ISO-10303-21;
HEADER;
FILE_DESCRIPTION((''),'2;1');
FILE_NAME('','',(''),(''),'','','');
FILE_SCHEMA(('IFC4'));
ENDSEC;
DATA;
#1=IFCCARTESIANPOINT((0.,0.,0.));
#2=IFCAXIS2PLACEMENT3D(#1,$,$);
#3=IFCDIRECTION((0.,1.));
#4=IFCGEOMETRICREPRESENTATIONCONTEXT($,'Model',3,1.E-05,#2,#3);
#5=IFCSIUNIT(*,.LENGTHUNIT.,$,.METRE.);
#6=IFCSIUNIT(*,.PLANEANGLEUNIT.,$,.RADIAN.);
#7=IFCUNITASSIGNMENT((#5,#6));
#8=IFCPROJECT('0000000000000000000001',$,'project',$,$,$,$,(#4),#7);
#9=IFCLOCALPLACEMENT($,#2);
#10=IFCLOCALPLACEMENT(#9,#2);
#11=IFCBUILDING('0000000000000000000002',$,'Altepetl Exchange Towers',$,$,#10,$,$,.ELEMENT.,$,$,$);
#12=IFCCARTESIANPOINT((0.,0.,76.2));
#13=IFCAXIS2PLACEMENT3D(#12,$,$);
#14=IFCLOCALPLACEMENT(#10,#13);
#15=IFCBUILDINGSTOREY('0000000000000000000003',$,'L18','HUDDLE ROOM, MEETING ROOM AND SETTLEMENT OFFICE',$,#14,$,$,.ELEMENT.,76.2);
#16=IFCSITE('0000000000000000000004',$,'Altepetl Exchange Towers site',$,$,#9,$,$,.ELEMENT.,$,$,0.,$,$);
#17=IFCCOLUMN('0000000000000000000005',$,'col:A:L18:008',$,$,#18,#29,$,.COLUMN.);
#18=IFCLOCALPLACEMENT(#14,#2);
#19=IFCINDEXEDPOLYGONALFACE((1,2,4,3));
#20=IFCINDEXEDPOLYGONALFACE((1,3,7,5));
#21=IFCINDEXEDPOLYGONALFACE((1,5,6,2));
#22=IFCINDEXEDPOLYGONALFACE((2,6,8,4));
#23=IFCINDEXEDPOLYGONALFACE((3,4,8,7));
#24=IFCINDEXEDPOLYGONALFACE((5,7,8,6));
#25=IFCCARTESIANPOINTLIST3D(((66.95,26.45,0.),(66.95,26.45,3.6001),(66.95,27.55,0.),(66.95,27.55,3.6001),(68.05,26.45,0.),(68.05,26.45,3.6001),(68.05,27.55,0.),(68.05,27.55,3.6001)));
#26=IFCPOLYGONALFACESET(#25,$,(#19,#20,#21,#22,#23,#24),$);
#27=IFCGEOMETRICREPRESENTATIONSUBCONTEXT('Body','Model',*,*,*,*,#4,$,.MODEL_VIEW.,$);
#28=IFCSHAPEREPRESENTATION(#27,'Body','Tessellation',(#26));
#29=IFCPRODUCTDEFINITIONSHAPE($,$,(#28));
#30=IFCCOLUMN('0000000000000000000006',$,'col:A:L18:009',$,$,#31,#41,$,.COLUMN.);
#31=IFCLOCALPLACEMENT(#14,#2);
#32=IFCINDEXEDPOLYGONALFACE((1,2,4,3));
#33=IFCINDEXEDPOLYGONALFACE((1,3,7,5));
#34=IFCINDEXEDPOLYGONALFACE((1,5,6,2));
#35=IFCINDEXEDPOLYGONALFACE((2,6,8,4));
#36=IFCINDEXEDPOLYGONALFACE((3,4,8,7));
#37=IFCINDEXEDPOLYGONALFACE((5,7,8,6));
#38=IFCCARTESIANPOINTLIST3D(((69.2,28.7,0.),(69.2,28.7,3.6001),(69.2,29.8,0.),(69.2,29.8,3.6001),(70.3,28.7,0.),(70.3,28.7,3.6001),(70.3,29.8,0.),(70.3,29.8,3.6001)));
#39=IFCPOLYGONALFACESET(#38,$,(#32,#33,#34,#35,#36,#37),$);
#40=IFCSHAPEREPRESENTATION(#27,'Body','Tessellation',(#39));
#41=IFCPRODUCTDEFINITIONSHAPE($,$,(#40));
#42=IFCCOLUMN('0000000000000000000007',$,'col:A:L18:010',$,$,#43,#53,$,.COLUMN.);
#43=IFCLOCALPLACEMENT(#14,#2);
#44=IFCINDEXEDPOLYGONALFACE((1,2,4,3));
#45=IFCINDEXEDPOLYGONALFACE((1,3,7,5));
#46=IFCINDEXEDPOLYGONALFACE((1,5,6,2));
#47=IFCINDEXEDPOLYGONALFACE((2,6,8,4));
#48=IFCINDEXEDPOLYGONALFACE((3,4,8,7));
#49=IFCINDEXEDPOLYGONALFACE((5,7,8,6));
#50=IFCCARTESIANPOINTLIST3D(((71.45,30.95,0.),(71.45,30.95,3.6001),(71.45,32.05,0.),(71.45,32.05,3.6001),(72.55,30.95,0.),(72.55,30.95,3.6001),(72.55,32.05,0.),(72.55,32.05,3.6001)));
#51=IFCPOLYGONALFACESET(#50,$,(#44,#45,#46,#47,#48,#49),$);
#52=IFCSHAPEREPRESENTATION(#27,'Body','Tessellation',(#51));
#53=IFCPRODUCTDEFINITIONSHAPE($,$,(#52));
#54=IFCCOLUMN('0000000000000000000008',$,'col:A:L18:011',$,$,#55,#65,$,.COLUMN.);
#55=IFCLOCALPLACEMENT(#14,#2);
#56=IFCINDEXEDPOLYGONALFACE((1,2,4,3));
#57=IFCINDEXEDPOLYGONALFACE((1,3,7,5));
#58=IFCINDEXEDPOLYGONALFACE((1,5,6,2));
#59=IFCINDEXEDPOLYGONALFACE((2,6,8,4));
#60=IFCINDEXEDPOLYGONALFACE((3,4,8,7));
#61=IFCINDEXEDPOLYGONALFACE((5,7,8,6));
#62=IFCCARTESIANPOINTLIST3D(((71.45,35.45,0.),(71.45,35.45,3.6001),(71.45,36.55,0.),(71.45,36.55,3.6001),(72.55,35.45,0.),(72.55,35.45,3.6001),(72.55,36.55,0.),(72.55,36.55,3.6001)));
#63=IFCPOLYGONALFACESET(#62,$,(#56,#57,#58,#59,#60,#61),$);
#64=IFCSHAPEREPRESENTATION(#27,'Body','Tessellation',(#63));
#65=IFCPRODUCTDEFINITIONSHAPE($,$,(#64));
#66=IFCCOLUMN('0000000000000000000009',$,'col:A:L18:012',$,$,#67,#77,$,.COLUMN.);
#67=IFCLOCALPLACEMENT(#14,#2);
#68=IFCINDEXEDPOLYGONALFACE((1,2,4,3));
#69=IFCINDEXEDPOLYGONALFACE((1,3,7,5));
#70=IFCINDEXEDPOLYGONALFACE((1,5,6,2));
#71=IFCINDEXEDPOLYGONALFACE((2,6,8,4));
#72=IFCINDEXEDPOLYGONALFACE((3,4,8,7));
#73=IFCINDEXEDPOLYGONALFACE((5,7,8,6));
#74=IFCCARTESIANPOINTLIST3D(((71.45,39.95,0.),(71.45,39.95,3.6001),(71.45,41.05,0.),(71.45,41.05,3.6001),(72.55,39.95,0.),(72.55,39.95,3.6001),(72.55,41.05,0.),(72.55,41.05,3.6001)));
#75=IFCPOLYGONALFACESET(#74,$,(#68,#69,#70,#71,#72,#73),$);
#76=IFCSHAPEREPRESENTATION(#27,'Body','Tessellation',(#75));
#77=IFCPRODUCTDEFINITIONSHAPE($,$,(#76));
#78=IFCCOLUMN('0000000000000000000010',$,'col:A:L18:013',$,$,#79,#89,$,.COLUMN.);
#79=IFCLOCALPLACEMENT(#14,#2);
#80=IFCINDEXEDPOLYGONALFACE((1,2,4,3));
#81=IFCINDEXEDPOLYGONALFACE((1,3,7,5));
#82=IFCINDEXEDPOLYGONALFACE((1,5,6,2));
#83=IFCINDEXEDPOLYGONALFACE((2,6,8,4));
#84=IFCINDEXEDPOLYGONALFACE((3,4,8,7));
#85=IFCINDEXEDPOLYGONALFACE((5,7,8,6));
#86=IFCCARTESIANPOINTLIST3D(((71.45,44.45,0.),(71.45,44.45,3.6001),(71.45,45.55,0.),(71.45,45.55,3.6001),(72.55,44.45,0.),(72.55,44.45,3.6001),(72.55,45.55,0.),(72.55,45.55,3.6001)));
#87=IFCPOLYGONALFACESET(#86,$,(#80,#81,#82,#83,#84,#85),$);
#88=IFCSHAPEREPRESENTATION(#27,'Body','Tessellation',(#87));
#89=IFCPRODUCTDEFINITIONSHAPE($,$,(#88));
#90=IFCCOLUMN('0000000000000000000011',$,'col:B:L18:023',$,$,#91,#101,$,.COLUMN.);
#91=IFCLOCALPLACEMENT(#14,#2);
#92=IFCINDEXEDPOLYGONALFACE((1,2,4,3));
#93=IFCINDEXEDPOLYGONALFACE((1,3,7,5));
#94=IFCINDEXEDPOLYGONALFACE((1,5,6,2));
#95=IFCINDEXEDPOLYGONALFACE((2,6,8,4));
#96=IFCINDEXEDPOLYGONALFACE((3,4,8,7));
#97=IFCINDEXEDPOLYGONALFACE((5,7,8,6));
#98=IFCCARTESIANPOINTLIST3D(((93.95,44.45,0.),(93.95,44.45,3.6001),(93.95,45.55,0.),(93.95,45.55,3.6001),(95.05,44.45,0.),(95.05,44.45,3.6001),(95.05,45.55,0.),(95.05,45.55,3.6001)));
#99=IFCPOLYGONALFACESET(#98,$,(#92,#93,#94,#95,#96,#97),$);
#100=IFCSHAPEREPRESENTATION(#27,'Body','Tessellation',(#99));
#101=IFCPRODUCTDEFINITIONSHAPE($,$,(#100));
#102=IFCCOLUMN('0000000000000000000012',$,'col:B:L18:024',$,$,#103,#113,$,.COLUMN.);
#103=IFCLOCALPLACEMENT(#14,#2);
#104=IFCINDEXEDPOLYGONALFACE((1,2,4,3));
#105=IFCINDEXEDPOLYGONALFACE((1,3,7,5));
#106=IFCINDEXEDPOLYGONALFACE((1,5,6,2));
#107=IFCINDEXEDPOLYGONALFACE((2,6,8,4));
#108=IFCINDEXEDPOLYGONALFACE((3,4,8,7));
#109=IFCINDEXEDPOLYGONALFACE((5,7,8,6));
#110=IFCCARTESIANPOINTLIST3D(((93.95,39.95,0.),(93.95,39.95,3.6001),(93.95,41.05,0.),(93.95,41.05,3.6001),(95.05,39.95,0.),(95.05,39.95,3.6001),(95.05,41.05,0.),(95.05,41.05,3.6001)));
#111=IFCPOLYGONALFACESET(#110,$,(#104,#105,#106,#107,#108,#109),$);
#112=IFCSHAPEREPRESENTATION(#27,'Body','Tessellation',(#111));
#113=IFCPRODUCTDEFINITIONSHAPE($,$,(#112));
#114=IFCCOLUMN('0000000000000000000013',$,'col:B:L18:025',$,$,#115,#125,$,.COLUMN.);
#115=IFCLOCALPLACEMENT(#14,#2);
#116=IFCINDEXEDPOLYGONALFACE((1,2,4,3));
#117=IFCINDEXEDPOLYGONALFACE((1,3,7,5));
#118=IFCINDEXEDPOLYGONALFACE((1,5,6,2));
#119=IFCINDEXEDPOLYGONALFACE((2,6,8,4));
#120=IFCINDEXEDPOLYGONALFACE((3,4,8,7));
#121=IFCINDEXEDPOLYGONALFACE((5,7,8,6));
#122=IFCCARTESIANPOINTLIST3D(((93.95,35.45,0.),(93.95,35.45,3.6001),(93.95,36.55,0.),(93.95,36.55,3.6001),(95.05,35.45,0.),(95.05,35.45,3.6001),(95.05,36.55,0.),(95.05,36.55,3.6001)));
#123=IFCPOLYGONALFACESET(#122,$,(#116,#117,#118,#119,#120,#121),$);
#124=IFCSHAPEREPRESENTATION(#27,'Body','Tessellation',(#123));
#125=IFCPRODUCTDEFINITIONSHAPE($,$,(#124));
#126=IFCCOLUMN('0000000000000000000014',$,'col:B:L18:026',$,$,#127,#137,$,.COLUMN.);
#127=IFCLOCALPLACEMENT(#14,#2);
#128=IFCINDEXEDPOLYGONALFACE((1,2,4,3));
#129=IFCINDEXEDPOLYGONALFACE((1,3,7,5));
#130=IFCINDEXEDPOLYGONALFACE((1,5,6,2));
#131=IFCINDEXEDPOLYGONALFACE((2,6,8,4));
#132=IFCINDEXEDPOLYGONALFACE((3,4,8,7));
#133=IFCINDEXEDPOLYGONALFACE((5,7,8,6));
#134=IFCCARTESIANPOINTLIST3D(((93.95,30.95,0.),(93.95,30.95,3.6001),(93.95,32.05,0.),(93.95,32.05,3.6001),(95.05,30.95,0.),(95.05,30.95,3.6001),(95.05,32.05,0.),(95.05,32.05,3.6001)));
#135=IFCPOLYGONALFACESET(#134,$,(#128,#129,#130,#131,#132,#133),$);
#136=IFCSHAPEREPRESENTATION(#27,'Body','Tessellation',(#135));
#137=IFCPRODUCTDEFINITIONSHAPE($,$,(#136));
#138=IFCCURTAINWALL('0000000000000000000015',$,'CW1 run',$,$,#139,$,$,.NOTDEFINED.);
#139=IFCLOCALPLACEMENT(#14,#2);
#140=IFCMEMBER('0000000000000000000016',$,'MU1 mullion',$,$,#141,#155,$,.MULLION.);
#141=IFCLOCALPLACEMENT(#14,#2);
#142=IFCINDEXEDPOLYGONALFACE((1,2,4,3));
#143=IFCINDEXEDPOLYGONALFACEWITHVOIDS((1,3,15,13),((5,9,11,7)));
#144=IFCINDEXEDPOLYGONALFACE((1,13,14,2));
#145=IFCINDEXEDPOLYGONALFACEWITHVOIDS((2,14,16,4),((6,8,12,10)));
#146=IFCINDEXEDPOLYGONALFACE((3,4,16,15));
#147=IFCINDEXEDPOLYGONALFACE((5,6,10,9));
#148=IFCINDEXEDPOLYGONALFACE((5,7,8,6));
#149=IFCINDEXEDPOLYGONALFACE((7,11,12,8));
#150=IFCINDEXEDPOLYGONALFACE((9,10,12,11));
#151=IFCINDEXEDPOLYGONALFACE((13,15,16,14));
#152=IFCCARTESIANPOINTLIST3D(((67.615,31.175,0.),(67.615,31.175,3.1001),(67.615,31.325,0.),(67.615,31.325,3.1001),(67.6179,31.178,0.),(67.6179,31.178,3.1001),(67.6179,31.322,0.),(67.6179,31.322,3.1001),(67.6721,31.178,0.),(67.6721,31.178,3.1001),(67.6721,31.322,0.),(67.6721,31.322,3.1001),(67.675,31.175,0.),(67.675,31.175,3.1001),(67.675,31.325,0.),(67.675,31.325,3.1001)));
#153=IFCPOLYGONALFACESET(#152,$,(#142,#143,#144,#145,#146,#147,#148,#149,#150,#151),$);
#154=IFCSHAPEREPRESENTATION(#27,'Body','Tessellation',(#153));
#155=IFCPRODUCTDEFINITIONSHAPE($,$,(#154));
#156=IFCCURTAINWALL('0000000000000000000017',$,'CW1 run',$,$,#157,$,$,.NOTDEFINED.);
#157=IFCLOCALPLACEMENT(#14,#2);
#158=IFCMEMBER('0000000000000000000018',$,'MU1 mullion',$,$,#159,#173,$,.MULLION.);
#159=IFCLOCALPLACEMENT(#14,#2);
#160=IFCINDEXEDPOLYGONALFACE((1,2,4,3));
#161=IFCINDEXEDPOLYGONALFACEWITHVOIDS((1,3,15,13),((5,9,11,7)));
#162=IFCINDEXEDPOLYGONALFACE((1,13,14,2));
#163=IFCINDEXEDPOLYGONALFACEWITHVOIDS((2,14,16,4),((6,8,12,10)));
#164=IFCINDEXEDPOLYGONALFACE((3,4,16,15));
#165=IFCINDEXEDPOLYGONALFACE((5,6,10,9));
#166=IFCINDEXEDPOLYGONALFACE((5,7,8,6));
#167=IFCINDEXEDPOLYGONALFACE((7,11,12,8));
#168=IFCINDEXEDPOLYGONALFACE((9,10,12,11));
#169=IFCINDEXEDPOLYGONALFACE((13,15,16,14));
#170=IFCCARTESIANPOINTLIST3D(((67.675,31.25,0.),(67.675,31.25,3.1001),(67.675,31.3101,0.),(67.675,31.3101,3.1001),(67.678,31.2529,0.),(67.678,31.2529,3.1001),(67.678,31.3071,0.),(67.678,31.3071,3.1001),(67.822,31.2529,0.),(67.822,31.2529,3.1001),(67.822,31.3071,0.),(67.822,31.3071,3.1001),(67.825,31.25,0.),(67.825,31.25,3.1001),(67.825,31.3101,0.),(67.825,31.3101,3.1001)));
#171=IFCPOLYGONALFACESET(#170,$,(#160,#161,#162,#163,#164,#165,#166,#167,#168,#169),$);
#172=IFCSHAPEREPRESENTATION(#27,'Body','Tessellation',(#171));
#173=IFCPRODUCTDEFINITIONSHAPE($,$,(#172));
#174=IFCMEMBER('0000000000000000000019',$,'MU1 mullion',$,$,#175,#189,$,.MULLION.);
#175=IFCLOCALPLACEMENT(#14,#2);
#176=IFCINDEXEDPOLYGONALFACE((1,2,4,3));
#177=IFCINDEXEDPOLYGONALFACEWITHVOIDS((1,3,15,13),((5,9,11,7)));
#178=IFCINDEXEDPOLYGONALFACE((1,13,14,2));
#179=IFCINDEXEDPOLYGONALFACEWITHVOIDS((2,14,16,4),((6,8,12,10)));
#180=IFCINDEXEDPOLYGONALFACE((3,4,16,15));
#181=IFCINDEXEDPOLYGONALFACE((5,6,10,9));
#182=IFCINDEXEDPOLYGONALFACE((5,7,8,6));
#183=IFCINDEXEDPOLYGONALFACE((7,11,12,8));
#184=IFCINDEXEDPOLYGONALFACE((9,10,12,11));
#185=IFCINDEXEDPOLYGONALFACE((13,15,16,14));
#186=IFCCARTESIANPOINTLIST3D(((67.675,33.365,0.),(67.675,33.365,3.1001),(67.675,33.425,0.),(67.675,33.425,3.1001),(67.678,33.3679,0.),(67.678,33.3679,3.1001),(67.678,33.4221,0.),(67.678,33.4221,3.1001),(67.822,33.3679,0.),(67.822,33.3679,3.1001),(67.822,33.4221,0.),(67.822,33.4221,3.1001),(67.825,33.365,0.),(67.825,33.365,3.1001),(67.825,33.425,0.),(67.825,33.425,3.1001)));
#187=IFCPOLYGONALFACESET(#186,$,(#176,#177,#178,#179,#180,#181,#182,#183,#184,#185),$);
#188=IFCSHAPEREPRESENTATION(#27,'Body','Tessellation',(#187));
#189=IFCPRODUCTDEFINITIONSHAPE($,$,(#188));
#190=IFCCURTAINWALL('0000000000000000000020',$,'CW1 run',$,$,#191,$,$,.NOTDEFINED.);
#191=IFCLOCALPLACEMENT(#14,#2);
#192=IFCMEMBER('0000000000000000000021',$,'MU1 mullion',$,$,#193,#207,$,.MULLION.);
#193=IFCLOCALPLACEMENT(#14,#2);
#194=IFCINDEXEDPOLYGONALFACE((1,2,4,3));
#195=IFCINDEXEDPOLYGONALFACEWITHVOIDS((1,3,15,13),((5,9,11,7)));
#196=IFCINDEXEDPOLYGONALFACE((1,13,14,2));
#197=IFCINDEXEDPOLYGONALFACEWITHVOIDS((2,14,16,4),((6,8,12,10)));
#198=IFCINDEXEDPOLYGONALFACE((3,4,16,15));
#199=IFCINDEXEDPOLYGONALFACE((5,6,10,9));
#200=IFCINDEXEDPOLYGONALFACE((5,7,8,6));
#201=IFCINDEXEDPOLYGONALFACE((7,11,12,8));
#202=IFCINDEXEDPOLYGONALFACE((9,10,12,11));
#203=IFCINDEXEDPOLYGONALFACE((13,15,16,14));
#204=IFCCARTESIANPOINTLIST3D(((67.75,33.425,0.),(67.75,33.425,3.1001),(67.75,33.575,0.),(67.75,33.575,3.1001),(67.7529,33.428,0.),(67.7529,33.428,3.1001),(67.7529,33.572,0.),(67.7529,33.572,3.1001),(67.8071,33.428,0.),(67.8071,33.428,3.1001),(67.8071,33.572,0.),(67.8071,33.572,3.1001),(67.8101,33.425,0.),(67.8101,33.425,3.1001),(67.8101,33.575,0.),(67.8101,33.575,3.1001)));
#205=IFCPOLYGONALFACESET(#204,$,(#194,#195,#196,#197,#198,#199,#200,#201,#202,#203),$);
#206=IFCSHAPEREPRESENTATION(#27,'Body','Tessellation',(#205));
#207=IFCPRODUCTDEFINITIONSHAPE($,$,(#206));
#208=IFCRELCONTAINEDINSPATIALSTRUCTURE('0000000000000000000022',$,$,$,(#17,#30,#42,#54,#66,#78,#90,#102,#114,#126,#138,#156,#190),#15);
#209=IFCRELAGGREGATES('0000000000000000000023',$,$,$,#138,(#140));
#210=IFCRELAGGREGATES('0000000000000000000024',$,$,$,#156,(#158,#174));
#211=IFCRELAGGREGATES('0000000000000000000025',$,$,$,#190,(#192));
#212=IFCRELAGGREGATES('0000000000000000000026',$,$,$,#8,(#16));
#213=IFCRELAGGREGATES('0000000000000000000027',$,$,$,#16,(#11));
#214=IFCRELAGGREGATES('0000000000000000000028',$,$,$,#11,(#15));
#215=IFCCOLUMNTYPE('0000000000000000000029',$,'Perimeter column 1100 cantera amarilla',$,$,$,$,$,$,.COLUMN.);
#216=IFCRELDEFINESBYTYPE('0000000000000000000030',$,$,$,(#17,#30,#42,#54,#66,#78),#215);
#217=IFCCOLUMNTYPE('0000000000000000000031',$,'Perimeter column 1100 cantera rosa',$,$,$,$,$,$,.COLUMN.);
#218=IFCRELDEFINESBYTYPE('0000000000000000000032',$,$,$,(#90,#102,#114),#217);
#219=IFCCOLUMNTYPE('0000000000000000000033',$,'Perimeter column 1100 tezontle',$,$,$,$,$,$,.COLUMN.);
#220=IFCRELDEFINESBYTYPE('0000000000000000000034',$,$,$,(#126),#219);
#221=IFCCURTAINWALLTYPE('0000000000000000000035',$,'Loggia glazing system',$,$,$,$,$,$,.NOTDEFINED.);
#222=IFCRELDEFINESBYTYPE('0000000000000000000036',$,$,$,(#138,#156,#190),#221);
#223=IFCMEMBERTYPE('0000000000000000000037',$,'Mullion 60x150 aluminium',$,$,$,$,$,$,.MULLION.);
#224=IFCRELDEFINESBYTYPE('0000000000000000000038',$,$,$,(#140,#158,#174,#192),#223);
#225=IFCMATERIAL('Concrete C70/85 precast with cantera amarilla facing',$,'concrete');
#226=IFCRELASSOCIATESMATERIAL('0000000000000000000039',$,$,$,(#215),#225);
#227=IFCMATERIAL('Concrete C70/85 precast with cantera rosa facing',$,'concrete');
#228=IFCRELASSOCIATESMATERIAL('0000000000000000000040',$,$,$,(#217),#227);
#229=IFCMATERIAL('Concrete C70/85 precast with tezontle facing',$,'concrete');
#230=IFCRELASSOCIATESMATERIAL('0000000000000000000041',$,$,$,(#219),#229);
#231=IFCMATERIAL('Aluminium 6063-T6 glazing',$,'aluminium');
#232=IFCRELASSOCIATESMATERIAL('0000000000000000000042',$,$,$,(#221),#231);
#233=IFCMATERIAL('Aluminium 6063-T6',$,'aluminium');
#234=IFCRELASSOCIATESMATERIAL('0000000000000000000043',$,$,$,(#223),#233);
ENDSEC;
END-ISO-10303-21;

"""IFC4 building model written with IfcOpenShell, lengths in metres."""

from ifc_helpers import new_model, si_unit, direction, frame, origin, origin_2d, place, context, subcontext, project, spatial, rectangle, hollow_rectangle, extrude, material, material_profile, profile_set, type_object, element, aggregate, save


model = new_model("IFC4")

# Units and contexts
model_context = context("Model", 3, precision=1e-05, world=origin(), true_north=direction((0.0, 1.0)))
body_context = subcontext(model_context, "Body", "Model", "MODEL_VIEW")
ifc_project = project(units=[si_unit("LENGTHUNIT", "METRE"), si_unit("PLANEANGLEUNIT", "RADIAN")], contexts=[model_context])

# Site, building, storey
site_placement = place(None, origin())
site = spatial("IfcSite", under=ifc_project, at=site_placement, Name="Altepetl Exchange Towers site", CompositionType="ELEMENT", RefElevation=0.0)
building_placement = place(site_placement, origin())
building = spatial("IfcBuilding", under=site, at=building_placement, Name="Altepetl Exchange Towers", CompositionType="ELEMENT")
storey_placement = place(building_placement, frame((0.0, 0.0, 76.2)))
storey = spatial("IfcBuildingStorey", under=building, at=storey_placement, Name="L18", Description="HUDDLE ROOM, MEETING ROOM AND SETTLEMENT OFFICE", CompositionType="ELEMENT", Elevation=76.2)

# Columns
ifc_material_1 = material(Name="Concrete C70/85 precast with cantera amarilla facing", Category="concrete")
ifc_material_profile_1 = material_profile(ifc_material_1, rectangle(XDim=1.1001, YDim=1.1001, at=origin_2d()), Name="1100 x 1100")
ifc_profile_set_1 = profile_set([ifc_material_profile_1], Name="Concrete C70/85 precast with cantera amarilla facing")
column_type_1 = type_object("IfcColumnType", Name="Perimeter column 1100 cantera amarilla", PredefinedType="COLUMN", material=ifc_profile_set_1)
for number, where, name in (
    (1, (67.5, 27.0, 0.0), "col:A:L18:008"),
    (2, (69.75, 29.25, 0.0), "col:A:L18:009"),
    (3, (72.0, 31.5, 0.0), "col:A:L18:010"),
    (4, (72.0, 36.0, 0.0), "col:A:L18:011"),
    (5, (72.0, 40.5, 0.0), "col:A:L18:012"),
    (6, (72.0, 45.0, 0.0), "col:A:L18:013"),
):
    element("IfcColumn", number, at=place(storey_placement, frame(where)), inside=storey, type_object=column_type_1, Name=name, PredefinedType="COLUMN", context=body_context, shape_type="SweptSolid", body=[
        extrude(rectangle(XDim=1.1001, YDim=1.1001, at=origin_2d()), origin(), (0.0, 0.0, 1.0), 3.6001),
    ])
ifc_material_2 = material(Name="Concrete C70/85 precast with cantera rosa facing", Category="concrete")
ifc_material_profile_2 = material_profile(ifc_material_2, rectangle(XDim=1.1001, YDim=1.1001, at=origin_2d()), Name="1100 x 1100")
ifc_profile_set_2 = profile_set([ifc_material_profile_2], Name="Concrete C70/85 precast with cantera rosa facing")
column_type_2 = type_object("IfcColumnType", Name="Perimeter column 1100 cantera rosa", PredefinedType="COLUMN", material=ifc_profile_set_2)
for number, where, name in (
    (7, (94.5, 45.0, 0.0), "col:B:L18:023"),
    (8, (94.5, 40.5, 0.0), "col:B:L18:024"),
    (9, (94.5, 36.0, 0.0), "col:B:L18:025"),
):
    element("IfcColumn", number, at=place(storey_placement, frame(where)), inside=storey, type_object=column_type_2, Name=name, PredefinedType="COLUMN", context=body_context, shape_type="SweptSolid", body=[
        extrude(rectangle(XDim=1.1001, YDim=1.1001, at=origin_2d()), origin(), (0.0, 0.0, 1.0), 3.6001),
    ])
ifc_material_3 = material(Name="Concrete C70/85 precast with tezontle facing", Category="concrete")
ifc_material_profile_3 = material_profile(ifc_material_3, rectangle(XDim=1.1001, YDim=1.1001, at=origin_2d()), Name="1100 x 1100")
ifc_profile_set_3 = profile_set([ifc_material_profile_3], Name="Concrete C70/85 precast with tezontle facing")
column_type_3 = type_object("IfcColumnType", Name="Perimeter column 1100 tezontle", PredefinedType="COLUMN", material=ifc_profile_set_3)
column_placement = place(storey_placement, frame((94.5, 31.5, 0.0)))
element("IfcColumn", 10, at=column_placement, inside=storey, type_object=column_type_3, Name="col:B:L18:026", PredefinedType="COLUMN", context=body_context, shape_type="SweptSolid", body=[
    extrude(rectangle(XDim=1.1001, YDim=1.1001, at=origin_2d()), origin(), (0.0, 0.0, 1.0), 3.6001),
])

# Curtain wall, member
ifc_material_4 = material(Name="Aluminium 6063-T6 glazing", Category="aluminium")
curtain_wall_type = type_object("IfcCurtainWallType", Name="Loggia glazing system", PredefinedType="NOTDEFINED", material=ifc_material_4)
curtain_wall_1_placement = place(storey_placement, origin())
curtain_wall_1 = element("IfcCurtainWall", 11, at=curtain_wall_1_placement, inside=storey, type_object=curtain_wall_type, Name="CW1 run", PredefinedType="NOTDEFINED")
ifc_material_5 = material(Name="Aluminium 6063-T6", Category="aluminium")
ifc_material_profile_4 = material_profile(ifc_material_5, hollow_rectangle(XDim=0.0601, YDim=0.1499, WallThickness=0.0029, at=origin_2d()), Name="Mullion 60x150 aluminium")
ifc_profile_set_4 = profile_set([ifc_material_profile_4], Name="Aluminium 6063-T6")
member_type = type_object("IfcMemberType", Name="Mullion 60x150 aluminium", PredefinedType="MULLION", material=ifc_profile_set_4)
member_1_placement = place(storey_placement, frame((67.645, 31.25, 0.0)))
member_1 = element("IfcMember", 12, at=member_1_placement, type_object=member_type, Name="MU1 mullion", PredefinedType="MULLION", context=body_context, shape_type="SweptSolid", body=[
    extrude(hollow_rectangle(XDim=0.0601, YDim=0.1499, WallThickness=0.0029, at=origin_2d()), origin(), (0.0, 0.0, 1.0), 3.1001),
])
aggregate(curtain_wall_1, [member_1])

# Curtain walls, members
curtain_wall_2_placement = place(storey_placement, origin())
curtain_wall_2 = element("IfcCurtainWall", 13, at=curtain_wall_2_placement, inside=storey, type_object=curtain_wall_type, Name="CW1 run", PredefinedType="NOTDEFINED")
member_2_placement = place(storey_placement, frame((67.75, 31.28, 0.0), z_axis=(0.0, 0.0, 1.0), x_axis=(0.0, 1.0, 0.0)))
member_2 = element("IfcMember", 14, at=member_2_placement, type_object=member_type, Name="MU1 mullion", PredefinedType="MULLION", context=body_context, shape_type="SweptSolid", body=[
    extrude(hollow_rectangle(XDim=0.0601, YDim=0.1499, WallThickness=0.0029, at=origin_2d()), origin(), (0.0, 0.0, 1.0), 3.1001),
])
member_3_placement = place(storey_placement, frame((67.75, 33.395, 0.0), z_axis=(0.0, 0.0, 1.0), x_axis=(0.0, 1.0, 0.0)))
member_3 = element("IfcMember", 15, at=member_3_placement, type_object=member_type, Name="MU1 mullion", PredefinedType="MULLION", context=body_context, shape_type="SweptSolid", body=[
    extrude(hollow_rectangle(XDim=0.0601, YDim=0.1499, WallThickness=0.0029, at=origin_2d()), origin(), (0.0, 0.0, 1.0), 3.1001),
])
curtain_wall_3_placement = place(storey_placement, origin())
curtain_wall_3 = element("IfcCurtainWall", 16, at=curtain_wall_3_placement, inside=storey, type_object=curtain_wall_type, Name="CW1 run", PredefinedType="NOTDEFINED")
member_4_placement = place(storey_placement, frame((67.78, 33.5, 0.0)))
member_4 = element("IfcMember", 17, at=member_4_placement, type_object=member_type, Name="MU1 mullion", PredefinedType="MULLION", context=body_context, shape_type="SweptSolid", body=[
    extrude(hollow_rectangle(XDim=0.0601, YDim=0.1499, WallThickness=0.0029, at=origin_2d()), origin(), (0.0, 0.0, 1.0), 3.1001),
])

aggregate(curtain_wall_2, [member_2, member_3])
aggregate(curtain_wall_3, [member_4])

save(model, "model.ifc")
